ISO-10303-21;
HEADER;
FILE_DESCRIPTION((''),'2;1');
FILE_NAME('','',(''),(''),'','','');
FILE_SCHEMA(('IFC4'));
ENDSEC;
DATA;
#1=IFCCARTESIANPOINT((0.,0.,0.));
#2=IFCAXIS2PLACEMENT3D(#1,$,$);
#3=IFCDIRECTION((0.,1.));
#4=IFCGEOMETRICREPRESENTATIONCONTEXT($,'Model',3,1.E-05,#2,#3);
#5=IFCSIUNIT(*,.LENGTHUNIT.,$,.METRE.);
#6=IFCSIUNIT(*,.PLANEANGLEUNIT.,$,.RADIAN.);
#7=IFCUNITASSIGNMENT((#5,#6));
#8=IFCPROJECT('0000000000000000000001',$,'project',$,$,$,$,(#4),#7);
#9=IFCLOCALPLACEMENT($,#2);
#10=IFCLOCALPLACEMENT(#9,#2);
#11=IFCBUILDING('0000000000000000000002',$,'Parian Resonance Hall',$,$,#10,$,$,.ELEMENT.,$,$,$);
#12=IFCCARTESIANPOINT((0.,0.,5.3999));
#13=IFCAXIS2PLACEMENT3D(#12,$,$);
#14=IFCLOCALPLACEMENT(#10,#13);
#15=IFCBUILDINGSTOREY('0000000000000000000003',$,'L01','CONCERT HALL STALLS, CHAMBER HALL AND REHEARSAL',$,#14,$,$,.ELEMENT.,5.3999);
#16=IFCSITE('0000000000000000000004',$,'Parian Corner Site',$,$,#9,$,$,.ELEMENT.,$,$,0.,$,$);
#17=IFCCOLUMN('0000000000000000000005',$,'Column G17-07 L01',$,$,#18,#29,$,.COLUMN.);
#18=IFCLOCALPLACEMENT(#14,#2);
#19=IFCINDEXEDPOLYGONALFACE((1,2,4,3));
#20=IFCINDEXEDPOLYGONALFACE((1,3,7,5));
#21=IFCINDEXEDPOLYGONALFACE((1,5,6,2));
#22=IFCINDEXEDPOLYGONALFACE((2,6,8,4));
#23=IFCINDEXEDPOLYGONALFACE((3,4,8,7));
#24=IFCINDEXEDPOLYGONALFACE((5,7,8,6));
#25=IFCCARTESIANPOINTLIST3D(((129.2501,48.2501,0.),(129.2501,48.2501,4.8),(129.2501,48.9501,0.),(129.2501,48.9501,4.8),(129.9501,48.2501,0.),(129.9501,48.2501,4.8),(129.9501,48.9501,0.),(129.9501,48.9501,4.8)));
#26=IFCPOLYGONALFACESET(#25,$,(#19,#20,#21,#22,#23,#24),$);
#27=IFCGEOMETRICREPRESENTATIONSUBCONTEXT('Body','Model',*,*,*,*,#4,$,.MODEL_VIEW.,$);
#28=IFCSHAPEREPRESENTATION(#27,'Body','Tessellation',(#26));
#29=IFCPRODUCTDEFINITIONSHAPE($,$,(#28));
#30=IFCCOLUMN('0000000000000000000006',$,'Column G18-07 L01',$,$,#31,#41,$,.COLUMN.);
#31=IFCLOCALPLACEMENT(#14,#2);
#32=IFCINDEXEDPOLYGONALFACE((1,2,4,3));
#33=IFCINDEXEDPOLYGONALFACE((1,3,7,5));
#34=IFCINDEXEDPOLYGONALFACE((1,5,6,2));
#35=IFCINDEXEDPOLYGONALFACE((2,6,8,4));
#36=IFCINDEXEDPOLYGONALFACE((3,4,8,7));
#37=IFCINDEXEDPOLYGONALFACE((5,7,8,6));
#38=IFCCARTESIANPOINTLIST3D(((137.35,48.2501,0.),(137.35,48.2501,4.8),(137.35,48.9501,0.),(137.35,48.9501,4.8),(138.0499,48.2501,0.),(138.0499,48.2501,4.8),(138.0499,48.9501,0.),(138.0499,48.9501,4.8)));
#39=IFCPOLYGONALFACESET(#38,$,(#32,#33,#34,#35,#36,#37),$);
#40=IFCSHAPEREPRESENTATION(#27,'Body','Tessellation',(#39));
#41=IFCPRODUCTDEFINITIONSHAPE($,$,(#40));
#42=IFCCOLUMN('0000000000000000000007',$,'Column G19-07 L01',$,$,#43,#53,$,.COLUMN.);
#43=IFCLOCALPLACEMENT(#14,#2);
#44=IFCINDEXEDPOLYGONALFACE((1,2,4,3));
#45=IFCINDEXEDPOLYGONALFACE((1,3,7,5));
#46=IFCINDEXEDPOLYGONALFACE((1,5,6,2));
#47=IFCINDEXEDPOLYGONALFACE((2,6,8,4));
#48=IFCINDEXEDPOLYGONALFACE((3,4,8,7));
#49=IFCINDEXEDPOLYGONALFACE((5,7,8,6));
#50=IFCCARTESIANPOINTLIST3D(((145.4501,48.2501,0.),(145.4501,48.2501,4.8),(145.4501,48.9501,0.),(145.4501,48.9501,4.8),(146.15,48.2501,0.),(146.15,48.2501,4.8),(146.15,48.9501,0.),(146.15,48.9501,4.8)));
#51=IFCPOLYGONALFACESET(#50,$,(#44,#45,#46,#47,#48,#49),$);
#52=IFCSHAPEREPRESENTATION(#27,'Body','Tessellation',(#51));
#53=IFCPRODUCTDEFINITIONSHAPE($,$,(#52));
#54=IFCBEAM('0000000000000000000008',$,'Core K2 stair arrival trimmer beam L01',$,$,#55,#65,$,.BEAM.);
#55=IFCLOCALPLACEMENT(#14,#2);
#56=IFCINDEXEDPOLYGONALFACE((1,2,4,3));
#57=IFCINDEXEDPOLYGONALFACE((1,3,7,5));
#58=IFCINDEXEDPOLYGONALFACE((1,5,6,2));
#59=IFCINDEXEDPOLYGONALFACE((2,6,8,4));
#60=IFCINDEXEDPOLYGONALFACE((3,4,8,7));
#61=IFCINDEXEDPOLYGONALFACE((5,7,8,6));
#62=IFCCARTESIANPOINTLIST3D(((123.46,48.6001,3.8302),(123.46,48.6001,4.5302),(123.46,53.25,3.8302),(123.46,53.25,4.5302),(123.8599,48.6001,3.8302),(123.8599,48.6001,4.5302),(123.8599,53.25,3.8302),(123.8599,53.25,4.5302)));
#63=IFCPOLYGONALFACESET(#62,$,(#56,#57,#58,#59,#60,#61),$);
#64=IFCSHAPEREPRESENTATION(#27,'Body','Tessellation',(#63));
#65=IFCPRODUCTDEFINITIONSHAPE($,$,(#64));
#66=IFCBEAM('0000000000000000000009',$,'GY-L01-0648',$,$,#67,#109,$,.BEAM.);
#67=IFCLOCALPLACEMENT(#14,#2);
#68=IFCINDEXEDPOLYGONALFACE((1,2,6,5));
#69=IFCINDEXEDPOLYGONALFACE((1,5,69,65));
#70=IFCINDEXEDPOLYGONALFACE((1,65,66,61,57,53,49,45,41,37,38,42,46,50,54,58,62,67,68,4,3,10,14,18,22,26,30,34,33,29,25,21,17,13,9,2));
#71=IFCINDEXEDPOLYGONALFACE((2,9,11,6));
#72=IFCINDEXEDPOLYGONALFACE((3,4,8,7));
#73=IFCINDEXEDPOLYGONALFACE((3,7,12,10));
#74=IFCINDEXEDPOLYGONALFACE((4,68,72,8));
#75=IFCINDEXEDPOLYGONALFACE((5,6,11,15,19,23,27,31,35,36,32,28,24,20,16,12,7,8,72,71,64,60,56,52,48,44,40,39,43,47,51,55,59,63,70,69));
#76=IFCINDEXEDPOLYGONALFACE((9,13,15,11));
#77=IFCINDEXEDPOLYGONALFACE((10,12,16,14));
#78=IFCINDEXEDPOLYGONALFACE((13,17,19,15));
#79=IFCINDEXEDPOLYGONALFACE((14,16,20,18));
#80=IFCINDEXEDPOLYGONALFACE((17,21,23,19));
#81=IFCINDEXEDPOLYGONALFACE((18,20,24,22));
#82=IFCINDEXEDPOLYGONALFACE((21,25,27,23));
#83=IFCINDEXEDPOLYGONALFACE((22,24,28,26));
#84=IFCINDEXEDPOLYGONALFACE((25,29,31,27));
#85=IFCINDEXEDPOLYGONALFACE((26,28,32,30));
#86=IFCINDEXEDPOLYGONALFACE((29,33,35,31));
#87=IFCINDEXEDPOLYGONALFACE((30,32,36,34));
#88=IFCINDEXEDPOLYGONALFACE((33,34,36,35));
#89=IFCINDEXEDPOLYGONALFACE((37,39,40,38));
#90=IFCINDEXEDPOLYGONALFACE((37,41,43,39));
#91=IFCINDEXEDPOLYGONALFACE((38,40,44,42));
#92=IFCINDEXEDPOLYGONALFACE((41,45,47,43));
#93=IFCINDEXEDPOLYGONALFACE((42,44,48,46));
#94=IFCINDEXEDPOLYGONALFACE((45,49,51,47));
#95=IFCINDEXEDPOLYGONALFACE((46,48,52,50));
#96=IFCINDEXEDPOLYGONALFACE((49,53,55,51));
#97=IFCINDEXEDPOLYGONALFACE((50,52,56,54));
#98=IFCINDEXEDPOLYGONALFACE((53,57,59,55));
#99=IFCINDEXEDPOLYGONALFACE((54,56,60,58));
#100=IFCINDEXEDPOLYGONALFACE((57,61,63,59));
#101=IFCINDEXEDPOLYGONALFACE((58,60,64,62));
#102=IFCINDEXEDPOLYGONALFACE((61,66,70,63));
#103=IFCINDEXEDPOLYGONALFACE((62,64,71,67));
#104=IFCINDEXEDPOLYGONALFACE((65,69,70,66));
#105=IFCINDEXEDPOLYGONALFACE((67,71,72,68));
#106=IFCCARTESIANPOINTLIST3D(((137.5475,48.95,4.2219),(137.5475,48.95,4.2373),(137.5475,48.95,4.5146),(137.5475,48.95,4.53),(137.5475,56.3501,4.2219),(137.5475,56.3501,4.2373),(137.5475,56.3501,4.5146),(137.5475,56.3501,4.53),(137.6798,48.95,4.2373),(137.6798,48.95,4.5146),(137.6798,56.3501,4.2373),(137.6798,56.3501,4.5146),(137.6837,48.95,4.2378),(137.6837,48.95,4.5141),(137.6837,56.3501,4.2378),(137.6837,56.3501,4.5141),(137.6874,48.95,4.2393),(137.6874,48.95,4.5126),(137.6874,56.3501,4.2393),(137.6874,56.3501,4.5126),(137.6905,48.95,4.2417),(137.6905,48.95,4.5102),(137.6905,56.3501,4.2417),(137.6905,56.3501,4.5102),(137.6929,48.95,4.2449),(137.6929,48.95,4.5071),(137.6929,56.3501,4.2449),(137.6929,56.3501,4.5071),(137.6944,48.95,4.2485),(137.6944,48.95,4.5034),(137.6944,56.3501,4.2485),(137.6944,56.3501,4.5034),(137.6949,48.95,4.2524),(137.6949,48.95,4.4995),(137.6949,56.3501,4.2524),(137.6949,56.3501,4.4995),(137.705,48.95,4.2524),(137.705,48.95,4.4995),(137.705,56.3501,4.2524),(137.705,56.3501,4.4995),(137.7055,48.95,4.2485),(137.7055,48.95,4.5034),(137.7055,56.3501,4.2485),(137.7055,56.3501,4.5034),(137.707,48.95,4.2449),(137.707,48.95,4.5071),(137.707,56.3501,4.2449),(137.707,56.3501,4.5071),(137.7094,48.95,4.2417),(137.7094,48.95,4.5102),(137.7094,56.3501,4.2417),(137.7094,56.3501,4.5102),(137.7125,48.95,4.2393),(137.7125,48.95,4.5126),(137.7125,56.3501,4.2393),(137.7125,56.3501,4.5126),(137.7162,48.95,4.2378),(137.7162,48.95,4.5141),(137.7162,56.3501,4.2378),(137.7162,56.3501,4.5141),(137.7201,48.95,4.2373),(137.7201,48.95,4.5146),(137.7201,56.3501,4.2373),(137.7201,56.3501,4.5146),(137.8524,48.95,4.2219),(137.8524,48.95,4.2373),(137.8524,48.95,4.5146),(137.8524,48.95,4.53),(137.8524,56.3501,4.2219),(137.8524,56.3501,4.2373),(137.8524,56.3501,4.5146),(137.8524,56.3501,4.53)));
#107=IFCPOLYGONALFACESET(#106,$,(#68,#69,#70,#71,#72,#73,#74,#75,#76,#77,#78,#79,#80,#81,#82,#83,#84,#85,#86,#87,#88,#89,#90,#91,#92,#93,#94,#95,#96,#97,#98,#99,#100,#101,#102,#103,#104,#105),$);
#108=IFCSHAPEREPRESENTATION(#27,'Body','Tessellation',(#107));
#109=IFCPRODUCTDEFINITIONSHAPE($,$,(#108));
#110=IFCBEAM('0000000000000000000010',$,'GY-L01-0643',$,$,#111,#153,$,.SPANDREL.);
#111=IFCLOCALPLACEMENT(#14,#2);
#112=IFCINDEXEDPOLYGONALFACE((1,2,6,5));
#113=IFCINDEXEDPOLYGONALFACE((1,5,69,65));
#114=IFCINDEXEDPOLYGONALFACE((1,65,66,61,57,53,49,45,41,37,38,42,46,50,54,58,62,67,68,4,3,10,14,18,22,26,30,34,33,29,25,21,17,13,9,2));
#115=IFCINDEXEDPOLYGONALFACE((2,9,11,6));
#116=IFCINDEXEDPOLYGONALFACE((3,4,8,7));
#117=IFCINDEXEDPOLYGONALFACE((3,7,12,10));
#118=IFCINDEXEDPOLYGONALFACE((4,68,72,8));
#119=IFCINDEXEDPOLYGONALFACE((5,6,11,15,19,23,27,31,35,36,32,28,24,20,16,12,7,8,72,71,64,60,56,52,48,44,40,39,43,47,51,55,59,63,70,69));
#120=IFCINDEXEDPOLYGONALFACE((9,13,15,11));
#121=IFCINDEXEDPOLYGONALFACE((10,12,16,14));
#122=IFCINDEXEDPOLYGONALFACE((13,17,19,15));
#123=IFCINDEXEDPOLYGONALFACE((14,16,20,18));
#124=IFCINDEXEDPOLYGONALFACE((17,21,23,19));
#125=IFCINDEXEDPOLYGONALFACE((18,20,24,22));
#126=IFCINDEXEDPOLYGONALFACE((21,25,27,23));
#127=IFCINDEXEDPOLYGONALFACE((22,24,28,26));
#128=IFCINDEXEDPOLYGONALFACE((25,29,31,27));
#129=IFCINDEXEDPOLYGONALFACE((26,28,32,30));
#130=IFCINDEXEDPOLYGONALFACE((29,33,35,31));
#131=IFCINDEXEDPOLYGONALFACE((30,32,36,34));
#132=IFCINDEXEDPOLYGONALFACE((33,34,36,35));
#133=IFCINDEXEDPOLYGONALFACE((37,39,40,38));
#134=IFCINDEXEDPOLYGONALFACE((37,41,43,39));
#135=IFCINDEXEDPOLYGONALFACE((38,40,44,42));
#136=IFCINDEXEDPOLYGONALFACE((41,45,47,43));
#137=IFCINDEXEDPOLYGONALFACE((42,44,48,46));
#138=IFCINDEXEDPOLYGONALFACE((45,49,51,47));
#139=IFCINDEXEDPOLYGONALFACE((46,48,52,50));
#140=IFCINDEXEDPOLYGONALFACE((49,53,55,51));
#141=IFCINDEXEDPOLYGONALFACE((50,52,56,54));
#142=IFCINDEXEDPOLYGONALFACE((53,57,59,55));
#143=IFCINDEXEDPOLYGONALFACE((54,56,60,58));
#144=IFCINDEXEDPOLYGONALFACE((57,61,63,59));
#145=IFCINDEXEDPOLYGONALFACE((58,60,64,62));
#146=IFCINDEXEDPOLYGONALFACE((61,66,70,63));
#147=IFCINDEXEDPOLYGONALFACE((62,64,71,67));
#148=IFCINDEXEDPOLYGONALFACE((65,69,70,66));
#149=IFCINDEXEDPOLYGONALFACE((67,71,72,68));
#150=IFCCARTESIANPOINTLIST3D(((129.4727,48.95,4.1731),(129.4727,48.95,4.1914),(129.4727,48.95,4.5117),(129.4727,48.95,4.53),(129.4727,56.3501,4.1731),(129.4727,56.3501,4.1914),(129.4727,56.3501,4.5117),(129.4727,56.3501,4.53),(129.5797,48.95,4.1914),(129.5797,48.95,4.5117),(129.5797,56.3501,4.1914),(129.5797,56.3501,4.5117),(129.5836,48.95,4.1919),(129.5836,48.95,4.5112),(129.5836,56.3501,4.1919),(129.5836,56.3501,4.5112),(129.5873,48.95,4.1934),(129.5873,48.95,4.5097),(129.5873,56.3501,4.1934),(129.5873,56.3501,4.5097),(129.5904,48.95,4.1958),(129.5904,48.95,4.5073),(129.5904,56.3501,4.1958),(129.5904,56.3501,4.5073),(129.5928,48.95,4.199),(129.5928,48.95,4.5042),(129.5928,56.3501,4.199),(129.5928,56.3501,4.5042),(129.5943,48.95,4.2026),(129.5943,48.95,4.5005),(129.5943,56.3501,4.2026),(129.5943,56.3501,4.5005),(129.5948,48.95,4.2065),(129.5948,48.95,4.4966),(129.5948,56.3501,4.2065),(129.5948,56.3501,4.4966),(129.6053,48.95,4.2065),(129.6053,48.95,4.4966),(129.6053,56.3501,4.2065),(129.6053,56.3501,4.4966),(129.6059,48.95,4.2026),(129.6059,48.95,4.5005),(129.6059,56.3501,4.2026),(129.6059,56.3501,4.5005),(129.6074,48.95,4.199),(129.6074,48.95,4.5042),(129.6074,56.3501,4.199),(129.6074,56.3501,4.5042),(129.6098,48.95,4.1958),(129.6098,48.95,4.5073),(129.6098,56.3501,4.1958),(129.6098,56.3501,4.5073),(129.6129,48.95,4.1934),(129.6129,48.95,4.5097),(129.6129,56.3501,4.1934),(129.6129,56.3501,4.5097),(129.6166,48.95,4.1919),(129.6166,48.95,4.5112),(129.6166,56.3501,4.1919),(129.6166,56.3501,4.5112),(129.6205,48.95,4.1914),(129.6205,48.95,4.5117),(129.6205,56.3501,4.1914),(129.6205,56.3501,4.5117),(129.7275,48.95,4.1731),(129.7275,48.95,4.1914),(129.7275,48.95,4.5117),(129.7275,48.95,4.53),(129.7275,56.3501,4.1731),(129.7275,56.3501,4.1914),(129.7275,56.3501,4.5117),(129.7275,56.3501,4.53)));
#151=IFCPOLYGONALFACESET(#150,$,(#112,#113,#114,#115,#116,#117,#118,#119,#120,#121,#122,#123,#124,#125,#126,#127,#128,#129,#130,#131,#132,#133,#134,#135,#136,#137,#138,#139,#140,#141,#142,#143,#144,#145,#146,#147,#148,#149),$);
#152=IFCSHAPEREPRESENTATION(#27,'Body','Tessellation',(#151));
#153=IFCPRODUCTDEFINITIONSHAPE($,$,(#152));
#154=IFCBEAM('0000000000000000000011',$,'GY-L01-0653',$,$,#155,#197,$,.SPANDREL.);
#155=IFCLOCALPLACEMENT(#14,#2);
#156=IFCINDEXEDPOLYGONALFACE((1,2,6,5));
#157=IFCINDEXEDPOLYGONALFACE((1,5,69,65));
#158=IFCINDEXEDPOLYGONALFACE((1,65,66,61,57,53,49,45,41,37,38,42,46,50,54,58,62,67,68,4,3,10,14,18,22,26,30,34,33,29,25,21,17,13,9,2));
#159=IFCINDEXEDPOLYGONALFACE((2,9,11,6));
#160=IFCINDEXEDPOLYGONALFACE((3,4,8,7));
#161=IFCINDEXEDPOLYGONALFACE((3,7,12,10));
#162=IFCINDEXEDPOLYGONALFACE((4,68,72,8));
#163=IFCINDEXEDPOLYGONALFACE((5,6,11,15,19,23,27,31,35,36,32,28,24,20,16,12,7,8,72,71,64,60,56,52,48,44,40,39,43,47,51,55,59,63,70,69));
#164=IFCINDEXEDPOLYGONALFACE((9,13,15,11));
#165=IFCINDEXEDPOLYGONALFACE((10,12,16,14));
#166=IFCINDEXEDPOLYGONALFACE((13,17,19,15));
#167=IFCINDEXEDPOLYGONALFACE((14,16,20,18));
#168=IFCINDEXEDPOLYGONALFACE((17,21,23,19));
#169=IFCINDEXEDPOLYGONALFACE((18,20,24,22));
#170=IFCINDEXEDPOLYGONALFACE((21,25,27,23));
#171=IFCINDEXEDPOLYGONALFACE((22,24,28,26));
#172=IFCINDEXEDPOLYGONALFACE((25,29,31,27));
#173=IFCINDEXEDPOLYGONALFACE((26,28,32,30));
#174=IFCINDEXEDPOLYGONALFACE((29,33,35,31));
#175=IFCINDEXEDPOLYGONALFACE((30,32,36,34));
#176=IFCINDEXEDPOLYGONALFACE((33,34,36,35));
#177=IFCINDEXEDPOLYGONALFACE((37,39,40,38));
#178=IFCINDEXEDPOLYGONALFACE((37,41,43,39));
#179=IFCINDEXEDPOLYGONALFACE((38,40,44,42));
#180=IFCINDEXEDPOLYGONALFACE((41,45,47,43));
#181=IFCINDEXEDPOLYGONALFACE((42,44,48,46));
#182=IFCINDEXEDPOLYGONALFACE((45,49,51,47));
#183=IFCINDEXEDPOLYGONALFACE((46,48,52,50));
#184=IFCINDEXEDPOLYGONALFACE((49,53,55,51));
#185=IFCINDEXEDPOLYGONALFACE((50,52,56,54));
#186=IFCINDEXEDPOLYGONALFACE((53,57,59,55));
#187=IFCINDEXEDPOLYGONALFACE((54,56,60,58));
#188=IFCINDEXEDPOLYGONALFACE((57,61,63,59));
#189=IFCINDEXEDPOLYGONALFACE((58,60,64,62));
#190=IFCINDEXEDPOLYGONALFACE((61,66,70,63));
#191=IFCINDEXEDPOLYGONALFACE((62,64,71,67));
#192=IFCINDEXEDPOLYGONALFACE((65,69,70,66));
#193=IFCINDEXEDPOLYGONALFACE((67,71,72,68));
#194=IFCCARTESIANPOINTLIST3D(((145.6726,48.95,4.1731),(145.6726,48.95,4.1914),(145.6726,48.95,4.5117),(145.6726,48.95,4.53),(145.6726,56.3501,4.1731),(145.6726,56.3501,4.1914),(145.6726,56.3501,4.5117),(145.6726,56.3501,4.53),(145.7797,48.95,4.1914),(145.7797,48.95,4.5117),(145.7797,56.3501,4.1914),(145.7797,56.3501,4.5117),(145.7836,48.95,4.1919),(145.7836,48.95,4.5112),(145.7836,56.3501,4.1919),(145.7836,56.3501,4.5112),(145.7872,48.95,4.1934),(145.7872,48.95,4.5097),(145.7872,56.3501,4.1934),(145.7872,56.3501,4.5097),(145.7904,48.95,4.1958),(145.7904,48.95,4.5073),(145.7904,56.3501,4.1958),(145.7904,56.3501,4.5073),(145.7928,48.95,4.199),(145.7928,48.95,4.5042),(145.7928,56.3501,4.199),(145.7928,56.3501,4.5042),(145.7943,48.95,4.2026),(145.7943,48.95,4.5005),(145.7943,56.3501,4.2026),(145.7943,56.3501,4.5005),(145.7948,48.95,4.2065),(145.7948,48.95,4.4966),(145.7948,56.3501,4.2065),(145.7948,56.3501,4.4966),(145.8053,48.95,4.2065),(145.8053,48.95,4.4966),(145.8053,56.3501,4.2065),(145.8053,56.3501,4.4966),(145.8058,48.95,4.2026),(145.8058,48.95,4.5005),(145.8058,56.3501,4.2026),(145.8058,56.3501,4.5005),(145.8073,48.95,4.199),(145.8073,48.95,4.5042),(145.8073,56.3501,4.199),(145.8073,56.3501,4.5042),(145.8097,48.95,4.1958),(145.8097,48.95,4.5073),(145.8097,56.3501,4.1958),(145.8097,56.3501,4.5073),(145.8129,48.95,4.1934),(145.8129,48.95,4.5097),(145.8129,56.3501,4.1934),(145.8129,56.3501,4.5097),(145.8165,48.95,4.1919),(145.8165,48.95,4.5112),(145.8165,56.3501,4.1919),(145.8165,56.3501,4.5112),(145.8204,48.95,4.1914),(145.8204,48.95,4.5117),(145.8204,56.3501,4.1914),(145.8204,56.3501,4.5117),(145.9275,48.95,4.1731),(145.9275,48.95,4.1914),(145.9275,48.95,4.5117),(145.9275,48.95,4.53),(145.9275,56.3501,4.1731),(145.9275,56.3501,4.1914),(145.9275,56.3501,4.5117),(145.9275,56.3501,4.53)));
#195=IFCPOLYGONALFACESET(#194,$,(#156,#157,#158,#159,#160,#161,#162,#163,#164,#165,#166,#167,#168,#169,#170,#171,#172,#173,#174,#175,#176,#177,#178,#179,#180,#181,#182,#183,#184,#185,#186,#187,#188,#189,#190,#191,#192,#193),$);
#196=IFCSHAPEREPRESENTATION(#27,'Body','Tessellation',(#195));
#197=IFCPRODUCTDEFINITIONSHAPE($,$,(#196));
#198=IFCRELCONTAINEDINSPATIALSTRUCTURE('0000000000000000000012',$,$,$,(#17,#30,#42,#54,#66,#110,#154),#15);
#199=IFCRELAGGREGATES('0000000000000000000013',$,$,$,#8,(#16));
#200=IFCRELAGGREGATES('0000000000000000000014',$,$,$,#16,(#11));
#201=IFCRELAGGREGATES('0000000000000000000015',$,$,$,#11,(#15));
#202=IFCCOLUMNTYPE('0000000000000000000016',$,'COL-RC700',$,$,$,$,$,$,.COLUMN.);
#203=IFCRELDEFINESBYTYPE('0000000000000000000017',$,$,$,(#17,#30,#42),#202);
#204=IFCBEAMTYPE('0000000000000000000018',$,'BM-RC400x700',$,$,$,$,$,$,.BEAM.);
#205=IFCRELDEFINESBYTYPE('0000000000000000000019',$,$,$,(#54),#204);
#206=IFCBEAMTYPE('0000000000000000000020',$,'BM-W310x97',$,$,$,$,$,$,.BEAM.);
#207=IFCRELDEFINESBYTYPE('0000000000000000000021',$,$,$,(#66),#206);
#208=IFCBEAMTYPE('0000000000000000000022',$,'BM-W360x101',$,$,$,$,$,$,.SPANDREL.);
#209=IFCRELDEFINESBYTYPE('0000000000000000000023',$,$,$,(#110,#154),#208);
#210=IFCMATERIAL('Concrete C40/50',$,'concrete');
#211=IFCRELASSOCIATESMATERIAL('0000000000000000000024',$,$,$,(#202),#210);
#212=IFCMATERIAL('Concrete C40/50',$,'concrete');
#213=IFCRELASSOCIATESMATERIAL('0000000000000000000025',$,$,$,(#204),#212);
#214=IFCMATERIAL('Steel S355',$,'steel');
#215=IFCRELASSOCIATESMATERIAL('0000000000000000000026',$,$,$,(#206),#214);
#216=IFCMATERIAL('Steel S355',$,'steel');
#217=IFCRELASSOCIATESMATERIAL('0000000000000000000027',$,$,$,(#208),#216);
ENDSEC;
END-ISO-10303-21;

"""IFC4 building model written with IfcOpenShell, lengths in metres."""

from ifc_helpers import new_model, si_unit, direction, frame, origin, origin_2d, place, context, subcontext, project, spatial, rectangle, i_section, extrude, material, material_profile, profile_set, type_object, element, save


model = new_model("IFC4")

# Units and contexts
model_context = context("Model", 3, precision=1e-05, world=origin(), true_north=direction((0.0, 1.0)))
body_context = subcontext(model_context, "Body", "Model", "MODEL_VIEW")
ifc_project = project(units=[si_unit("LENGTHUNIT", "METRE"), si_unit("PLANEANGLEUNIT", "RADIAN")], contexts=[model_context])

# Site, building, storey
site_placement = place(None, origin())
site = spatial("IfcSite", under=ifc_project, at=site_placement, Name="Parian Corner Site", CompositionType="ELEMENT", RefElevation=0.0)
building_placement = place(site_placement, origin())
building = spatial("IfcBuilding", under=site, at=building_placement, Name="Parian Resonance Hall", CompositionType="ELEMENT")
storey_placement = place(building_placement, frame((0.0, 0.0, 5.3999)))
storey = spatial("IfcBuildingStorey", under=building, at=storey_placement, Name="L01", Description="CONCERT HALL STALLS, CHAMBER HALL AND REHEARSAL", CompositionType="ELEMENT", Elevation=5.3999)

# Columns
ifc_material_1 = material(Name="Concrete C40/50", Category="concrete")
ifc_material_profile_1 = material_profile(ifc_material_1, rectangle(XDim=0.7, YDim=0.7, at=origin_2d()), Name="RC-COL-700x700")
ifc_profile_set_1 = profile_set([ifc_material_profile_1], Name="Concrete C40/50")
column_type = type_object("IfcColumnType", Name="COL-RC700", PredefinedType="COLUMN", material=ifc_profile_set_1)
for number, where, z_axis, x_axis, name in (
    (1, (129.6001, 48.6001, 0.0), (0.0, 0.0, 1.0), (1.0, 0.0, 0.0), "Column G17-07 L01"),
    (2, (137.7, 48.6001, 0.0), (0.0, 0.0, 1.0), (1.0, 0.0, 0.0), "Column G18-07 L01"),
    (3, (145.8, 48.6001, 0.0), (0.0, 0.0, 1.0), (1.0, 0.0, 0.0), "Column G19-07 L01"),
):
    element("IfcColumn", number, at=place(storey_placement, frame(where, z_axis=z_axis, x_axis=x_axis)), inside=storey, type_object=column_type, Name=name, PredefinedType="COLUMN", context=body_context, shape_type="SweptSolid", body=[
        extrude(rectangle(XDim=0.7, YDim=0.7, at=origin_2d()), origin(), (0.0, 0.0, 1.0), 4.8),
    ])

# Beams
ifc_material_2 = material(Name="Concrete C40/50", Category="concrete")
ifc_material_profile_2 = material_profile(ifc_material_2, rectangle(XDim=0.3999, YDim=0.7, at=origin_2d()), Name="RC-BM-400x700")
ifc_profile_set_2 = profile_set([ifc_material_profile_2], Name="Concrete C40/50")
beam_type_1 = type_object("IfcBeamType", Name="BM-RC400x700", PredefinedType="BEAM", material=ifc_profile_set_2)
beam_1_placement = place(storey_placement, frame((123.6599, 48.6001, 4.1802), z_axis=(0.0, 1.0, 0.0), x_axis=(-1.0, 0.0, 0.0)))
element("IfcBeam", 4, at=beam_1_placement, inside=storey, type_object=beam_type_1, Name="Core K2 stair arrival trimmer beam L01", PredefinedType="BEAM", context=body_context, shape_type="SweptSolid", body=[
    extrude(rectangle(XDim=0.3999, YDim=0.7, at=origin_2d()), origin(), (0.0, 0.0, 1.0), 4.6499),
])
ifc_material_3 = material(Name="Steel S355", Category="steel")
ifc_material_profile_3 = material_profile(ifc_material_3, i_section(OverallWidth=0.3049, OverallDepth=0.3081, WebThickness=0.01, FlangeThickness=0.0154, FilletRadius=0.0151, at=origin_2d()), Name="W310x97")
ifc_profile_set_3 = profile_set([ifc_material_profile_3], Name="Steel S355")
beam_type_2 = type_object("IfcBeamType", Name="BM-W310x97", PredefinedType="BEAM", material=ifc_profile_set_3)
beam_2_placement = place(storey_placement, frame((137.7, 48.95, 4.376), z_axis=(0.0, 1.0, 0.0), x_axis=(-1.0, 0.0, 0.0)))
element("IfcBeam", 5, at=beam_2_placement, inside=storey, type_object=beam_type_2, Name="GY-L01-0648", PredefinedType="BEAM", context=body_context, shape_type="SweptSolid", body=[
    extrude(i_section(OverallWidth=0.3049, OverallDepth=0.3081, WebThickness=0.01, FlangeThickness=0.0154, FilletRadius=0.0151, at=origin_2d()), origin(), (0.0, 0.0, 1.0), 7.4001),
])
ifc_material_4 = material(Name="Steel S355", Category="steel")
ifc_material_profile_4 = material_profile(ifc_material_4, i_section(OverallWidth=0.2549, OverallDepth=0.3569, WebThickness=0.0105, FlangeThickness=0.0183, FilletRadius=0.0151, at=origin_2d()), Name="W360x101")
ifc_profile_set_4 = profile_set([ifc_material_profile_4], Name="Steel S355")
beam_type_3 = type_object("IfcBeamType", Name="BM-W360x101", PredefinedType="SPANDREL", material=ifc_profile_set_4)
for number, where, z_axis, x_axis, name in (
    (6, (129.6001, 48.95, 4.3516), (0.0, 1.0, 0.0), (-1.0, 0.0, 0.0), "GY-L01-0643"),
    (7, (145.8, 48.95, 4.3516), (0.0, 1.0, 0.0), (-1.0, 0.0, 0.0), "GY-L01-0653"),
):
    element("IfcBeam", number, at=place(storey_placement, frame(where, z_axis=z_axis, x_axis=x_axis)), inside=storey, type_object=beam_type_3, Name=name, PredefinedType="SPANDREL", context=body_context, shape_type="SweptSolid", body=[
        extrude(i_section(OverallWidth=0.2549, OverallDepth=0.3569, WebThickness=0.0105, FlangeThickness=0.0183, FilletRadius=0.0151, at=origin_2d()), origin(), (0.0, 0.0, 1.0), 7.4001),
    ])

save(model, "model.ifc")
